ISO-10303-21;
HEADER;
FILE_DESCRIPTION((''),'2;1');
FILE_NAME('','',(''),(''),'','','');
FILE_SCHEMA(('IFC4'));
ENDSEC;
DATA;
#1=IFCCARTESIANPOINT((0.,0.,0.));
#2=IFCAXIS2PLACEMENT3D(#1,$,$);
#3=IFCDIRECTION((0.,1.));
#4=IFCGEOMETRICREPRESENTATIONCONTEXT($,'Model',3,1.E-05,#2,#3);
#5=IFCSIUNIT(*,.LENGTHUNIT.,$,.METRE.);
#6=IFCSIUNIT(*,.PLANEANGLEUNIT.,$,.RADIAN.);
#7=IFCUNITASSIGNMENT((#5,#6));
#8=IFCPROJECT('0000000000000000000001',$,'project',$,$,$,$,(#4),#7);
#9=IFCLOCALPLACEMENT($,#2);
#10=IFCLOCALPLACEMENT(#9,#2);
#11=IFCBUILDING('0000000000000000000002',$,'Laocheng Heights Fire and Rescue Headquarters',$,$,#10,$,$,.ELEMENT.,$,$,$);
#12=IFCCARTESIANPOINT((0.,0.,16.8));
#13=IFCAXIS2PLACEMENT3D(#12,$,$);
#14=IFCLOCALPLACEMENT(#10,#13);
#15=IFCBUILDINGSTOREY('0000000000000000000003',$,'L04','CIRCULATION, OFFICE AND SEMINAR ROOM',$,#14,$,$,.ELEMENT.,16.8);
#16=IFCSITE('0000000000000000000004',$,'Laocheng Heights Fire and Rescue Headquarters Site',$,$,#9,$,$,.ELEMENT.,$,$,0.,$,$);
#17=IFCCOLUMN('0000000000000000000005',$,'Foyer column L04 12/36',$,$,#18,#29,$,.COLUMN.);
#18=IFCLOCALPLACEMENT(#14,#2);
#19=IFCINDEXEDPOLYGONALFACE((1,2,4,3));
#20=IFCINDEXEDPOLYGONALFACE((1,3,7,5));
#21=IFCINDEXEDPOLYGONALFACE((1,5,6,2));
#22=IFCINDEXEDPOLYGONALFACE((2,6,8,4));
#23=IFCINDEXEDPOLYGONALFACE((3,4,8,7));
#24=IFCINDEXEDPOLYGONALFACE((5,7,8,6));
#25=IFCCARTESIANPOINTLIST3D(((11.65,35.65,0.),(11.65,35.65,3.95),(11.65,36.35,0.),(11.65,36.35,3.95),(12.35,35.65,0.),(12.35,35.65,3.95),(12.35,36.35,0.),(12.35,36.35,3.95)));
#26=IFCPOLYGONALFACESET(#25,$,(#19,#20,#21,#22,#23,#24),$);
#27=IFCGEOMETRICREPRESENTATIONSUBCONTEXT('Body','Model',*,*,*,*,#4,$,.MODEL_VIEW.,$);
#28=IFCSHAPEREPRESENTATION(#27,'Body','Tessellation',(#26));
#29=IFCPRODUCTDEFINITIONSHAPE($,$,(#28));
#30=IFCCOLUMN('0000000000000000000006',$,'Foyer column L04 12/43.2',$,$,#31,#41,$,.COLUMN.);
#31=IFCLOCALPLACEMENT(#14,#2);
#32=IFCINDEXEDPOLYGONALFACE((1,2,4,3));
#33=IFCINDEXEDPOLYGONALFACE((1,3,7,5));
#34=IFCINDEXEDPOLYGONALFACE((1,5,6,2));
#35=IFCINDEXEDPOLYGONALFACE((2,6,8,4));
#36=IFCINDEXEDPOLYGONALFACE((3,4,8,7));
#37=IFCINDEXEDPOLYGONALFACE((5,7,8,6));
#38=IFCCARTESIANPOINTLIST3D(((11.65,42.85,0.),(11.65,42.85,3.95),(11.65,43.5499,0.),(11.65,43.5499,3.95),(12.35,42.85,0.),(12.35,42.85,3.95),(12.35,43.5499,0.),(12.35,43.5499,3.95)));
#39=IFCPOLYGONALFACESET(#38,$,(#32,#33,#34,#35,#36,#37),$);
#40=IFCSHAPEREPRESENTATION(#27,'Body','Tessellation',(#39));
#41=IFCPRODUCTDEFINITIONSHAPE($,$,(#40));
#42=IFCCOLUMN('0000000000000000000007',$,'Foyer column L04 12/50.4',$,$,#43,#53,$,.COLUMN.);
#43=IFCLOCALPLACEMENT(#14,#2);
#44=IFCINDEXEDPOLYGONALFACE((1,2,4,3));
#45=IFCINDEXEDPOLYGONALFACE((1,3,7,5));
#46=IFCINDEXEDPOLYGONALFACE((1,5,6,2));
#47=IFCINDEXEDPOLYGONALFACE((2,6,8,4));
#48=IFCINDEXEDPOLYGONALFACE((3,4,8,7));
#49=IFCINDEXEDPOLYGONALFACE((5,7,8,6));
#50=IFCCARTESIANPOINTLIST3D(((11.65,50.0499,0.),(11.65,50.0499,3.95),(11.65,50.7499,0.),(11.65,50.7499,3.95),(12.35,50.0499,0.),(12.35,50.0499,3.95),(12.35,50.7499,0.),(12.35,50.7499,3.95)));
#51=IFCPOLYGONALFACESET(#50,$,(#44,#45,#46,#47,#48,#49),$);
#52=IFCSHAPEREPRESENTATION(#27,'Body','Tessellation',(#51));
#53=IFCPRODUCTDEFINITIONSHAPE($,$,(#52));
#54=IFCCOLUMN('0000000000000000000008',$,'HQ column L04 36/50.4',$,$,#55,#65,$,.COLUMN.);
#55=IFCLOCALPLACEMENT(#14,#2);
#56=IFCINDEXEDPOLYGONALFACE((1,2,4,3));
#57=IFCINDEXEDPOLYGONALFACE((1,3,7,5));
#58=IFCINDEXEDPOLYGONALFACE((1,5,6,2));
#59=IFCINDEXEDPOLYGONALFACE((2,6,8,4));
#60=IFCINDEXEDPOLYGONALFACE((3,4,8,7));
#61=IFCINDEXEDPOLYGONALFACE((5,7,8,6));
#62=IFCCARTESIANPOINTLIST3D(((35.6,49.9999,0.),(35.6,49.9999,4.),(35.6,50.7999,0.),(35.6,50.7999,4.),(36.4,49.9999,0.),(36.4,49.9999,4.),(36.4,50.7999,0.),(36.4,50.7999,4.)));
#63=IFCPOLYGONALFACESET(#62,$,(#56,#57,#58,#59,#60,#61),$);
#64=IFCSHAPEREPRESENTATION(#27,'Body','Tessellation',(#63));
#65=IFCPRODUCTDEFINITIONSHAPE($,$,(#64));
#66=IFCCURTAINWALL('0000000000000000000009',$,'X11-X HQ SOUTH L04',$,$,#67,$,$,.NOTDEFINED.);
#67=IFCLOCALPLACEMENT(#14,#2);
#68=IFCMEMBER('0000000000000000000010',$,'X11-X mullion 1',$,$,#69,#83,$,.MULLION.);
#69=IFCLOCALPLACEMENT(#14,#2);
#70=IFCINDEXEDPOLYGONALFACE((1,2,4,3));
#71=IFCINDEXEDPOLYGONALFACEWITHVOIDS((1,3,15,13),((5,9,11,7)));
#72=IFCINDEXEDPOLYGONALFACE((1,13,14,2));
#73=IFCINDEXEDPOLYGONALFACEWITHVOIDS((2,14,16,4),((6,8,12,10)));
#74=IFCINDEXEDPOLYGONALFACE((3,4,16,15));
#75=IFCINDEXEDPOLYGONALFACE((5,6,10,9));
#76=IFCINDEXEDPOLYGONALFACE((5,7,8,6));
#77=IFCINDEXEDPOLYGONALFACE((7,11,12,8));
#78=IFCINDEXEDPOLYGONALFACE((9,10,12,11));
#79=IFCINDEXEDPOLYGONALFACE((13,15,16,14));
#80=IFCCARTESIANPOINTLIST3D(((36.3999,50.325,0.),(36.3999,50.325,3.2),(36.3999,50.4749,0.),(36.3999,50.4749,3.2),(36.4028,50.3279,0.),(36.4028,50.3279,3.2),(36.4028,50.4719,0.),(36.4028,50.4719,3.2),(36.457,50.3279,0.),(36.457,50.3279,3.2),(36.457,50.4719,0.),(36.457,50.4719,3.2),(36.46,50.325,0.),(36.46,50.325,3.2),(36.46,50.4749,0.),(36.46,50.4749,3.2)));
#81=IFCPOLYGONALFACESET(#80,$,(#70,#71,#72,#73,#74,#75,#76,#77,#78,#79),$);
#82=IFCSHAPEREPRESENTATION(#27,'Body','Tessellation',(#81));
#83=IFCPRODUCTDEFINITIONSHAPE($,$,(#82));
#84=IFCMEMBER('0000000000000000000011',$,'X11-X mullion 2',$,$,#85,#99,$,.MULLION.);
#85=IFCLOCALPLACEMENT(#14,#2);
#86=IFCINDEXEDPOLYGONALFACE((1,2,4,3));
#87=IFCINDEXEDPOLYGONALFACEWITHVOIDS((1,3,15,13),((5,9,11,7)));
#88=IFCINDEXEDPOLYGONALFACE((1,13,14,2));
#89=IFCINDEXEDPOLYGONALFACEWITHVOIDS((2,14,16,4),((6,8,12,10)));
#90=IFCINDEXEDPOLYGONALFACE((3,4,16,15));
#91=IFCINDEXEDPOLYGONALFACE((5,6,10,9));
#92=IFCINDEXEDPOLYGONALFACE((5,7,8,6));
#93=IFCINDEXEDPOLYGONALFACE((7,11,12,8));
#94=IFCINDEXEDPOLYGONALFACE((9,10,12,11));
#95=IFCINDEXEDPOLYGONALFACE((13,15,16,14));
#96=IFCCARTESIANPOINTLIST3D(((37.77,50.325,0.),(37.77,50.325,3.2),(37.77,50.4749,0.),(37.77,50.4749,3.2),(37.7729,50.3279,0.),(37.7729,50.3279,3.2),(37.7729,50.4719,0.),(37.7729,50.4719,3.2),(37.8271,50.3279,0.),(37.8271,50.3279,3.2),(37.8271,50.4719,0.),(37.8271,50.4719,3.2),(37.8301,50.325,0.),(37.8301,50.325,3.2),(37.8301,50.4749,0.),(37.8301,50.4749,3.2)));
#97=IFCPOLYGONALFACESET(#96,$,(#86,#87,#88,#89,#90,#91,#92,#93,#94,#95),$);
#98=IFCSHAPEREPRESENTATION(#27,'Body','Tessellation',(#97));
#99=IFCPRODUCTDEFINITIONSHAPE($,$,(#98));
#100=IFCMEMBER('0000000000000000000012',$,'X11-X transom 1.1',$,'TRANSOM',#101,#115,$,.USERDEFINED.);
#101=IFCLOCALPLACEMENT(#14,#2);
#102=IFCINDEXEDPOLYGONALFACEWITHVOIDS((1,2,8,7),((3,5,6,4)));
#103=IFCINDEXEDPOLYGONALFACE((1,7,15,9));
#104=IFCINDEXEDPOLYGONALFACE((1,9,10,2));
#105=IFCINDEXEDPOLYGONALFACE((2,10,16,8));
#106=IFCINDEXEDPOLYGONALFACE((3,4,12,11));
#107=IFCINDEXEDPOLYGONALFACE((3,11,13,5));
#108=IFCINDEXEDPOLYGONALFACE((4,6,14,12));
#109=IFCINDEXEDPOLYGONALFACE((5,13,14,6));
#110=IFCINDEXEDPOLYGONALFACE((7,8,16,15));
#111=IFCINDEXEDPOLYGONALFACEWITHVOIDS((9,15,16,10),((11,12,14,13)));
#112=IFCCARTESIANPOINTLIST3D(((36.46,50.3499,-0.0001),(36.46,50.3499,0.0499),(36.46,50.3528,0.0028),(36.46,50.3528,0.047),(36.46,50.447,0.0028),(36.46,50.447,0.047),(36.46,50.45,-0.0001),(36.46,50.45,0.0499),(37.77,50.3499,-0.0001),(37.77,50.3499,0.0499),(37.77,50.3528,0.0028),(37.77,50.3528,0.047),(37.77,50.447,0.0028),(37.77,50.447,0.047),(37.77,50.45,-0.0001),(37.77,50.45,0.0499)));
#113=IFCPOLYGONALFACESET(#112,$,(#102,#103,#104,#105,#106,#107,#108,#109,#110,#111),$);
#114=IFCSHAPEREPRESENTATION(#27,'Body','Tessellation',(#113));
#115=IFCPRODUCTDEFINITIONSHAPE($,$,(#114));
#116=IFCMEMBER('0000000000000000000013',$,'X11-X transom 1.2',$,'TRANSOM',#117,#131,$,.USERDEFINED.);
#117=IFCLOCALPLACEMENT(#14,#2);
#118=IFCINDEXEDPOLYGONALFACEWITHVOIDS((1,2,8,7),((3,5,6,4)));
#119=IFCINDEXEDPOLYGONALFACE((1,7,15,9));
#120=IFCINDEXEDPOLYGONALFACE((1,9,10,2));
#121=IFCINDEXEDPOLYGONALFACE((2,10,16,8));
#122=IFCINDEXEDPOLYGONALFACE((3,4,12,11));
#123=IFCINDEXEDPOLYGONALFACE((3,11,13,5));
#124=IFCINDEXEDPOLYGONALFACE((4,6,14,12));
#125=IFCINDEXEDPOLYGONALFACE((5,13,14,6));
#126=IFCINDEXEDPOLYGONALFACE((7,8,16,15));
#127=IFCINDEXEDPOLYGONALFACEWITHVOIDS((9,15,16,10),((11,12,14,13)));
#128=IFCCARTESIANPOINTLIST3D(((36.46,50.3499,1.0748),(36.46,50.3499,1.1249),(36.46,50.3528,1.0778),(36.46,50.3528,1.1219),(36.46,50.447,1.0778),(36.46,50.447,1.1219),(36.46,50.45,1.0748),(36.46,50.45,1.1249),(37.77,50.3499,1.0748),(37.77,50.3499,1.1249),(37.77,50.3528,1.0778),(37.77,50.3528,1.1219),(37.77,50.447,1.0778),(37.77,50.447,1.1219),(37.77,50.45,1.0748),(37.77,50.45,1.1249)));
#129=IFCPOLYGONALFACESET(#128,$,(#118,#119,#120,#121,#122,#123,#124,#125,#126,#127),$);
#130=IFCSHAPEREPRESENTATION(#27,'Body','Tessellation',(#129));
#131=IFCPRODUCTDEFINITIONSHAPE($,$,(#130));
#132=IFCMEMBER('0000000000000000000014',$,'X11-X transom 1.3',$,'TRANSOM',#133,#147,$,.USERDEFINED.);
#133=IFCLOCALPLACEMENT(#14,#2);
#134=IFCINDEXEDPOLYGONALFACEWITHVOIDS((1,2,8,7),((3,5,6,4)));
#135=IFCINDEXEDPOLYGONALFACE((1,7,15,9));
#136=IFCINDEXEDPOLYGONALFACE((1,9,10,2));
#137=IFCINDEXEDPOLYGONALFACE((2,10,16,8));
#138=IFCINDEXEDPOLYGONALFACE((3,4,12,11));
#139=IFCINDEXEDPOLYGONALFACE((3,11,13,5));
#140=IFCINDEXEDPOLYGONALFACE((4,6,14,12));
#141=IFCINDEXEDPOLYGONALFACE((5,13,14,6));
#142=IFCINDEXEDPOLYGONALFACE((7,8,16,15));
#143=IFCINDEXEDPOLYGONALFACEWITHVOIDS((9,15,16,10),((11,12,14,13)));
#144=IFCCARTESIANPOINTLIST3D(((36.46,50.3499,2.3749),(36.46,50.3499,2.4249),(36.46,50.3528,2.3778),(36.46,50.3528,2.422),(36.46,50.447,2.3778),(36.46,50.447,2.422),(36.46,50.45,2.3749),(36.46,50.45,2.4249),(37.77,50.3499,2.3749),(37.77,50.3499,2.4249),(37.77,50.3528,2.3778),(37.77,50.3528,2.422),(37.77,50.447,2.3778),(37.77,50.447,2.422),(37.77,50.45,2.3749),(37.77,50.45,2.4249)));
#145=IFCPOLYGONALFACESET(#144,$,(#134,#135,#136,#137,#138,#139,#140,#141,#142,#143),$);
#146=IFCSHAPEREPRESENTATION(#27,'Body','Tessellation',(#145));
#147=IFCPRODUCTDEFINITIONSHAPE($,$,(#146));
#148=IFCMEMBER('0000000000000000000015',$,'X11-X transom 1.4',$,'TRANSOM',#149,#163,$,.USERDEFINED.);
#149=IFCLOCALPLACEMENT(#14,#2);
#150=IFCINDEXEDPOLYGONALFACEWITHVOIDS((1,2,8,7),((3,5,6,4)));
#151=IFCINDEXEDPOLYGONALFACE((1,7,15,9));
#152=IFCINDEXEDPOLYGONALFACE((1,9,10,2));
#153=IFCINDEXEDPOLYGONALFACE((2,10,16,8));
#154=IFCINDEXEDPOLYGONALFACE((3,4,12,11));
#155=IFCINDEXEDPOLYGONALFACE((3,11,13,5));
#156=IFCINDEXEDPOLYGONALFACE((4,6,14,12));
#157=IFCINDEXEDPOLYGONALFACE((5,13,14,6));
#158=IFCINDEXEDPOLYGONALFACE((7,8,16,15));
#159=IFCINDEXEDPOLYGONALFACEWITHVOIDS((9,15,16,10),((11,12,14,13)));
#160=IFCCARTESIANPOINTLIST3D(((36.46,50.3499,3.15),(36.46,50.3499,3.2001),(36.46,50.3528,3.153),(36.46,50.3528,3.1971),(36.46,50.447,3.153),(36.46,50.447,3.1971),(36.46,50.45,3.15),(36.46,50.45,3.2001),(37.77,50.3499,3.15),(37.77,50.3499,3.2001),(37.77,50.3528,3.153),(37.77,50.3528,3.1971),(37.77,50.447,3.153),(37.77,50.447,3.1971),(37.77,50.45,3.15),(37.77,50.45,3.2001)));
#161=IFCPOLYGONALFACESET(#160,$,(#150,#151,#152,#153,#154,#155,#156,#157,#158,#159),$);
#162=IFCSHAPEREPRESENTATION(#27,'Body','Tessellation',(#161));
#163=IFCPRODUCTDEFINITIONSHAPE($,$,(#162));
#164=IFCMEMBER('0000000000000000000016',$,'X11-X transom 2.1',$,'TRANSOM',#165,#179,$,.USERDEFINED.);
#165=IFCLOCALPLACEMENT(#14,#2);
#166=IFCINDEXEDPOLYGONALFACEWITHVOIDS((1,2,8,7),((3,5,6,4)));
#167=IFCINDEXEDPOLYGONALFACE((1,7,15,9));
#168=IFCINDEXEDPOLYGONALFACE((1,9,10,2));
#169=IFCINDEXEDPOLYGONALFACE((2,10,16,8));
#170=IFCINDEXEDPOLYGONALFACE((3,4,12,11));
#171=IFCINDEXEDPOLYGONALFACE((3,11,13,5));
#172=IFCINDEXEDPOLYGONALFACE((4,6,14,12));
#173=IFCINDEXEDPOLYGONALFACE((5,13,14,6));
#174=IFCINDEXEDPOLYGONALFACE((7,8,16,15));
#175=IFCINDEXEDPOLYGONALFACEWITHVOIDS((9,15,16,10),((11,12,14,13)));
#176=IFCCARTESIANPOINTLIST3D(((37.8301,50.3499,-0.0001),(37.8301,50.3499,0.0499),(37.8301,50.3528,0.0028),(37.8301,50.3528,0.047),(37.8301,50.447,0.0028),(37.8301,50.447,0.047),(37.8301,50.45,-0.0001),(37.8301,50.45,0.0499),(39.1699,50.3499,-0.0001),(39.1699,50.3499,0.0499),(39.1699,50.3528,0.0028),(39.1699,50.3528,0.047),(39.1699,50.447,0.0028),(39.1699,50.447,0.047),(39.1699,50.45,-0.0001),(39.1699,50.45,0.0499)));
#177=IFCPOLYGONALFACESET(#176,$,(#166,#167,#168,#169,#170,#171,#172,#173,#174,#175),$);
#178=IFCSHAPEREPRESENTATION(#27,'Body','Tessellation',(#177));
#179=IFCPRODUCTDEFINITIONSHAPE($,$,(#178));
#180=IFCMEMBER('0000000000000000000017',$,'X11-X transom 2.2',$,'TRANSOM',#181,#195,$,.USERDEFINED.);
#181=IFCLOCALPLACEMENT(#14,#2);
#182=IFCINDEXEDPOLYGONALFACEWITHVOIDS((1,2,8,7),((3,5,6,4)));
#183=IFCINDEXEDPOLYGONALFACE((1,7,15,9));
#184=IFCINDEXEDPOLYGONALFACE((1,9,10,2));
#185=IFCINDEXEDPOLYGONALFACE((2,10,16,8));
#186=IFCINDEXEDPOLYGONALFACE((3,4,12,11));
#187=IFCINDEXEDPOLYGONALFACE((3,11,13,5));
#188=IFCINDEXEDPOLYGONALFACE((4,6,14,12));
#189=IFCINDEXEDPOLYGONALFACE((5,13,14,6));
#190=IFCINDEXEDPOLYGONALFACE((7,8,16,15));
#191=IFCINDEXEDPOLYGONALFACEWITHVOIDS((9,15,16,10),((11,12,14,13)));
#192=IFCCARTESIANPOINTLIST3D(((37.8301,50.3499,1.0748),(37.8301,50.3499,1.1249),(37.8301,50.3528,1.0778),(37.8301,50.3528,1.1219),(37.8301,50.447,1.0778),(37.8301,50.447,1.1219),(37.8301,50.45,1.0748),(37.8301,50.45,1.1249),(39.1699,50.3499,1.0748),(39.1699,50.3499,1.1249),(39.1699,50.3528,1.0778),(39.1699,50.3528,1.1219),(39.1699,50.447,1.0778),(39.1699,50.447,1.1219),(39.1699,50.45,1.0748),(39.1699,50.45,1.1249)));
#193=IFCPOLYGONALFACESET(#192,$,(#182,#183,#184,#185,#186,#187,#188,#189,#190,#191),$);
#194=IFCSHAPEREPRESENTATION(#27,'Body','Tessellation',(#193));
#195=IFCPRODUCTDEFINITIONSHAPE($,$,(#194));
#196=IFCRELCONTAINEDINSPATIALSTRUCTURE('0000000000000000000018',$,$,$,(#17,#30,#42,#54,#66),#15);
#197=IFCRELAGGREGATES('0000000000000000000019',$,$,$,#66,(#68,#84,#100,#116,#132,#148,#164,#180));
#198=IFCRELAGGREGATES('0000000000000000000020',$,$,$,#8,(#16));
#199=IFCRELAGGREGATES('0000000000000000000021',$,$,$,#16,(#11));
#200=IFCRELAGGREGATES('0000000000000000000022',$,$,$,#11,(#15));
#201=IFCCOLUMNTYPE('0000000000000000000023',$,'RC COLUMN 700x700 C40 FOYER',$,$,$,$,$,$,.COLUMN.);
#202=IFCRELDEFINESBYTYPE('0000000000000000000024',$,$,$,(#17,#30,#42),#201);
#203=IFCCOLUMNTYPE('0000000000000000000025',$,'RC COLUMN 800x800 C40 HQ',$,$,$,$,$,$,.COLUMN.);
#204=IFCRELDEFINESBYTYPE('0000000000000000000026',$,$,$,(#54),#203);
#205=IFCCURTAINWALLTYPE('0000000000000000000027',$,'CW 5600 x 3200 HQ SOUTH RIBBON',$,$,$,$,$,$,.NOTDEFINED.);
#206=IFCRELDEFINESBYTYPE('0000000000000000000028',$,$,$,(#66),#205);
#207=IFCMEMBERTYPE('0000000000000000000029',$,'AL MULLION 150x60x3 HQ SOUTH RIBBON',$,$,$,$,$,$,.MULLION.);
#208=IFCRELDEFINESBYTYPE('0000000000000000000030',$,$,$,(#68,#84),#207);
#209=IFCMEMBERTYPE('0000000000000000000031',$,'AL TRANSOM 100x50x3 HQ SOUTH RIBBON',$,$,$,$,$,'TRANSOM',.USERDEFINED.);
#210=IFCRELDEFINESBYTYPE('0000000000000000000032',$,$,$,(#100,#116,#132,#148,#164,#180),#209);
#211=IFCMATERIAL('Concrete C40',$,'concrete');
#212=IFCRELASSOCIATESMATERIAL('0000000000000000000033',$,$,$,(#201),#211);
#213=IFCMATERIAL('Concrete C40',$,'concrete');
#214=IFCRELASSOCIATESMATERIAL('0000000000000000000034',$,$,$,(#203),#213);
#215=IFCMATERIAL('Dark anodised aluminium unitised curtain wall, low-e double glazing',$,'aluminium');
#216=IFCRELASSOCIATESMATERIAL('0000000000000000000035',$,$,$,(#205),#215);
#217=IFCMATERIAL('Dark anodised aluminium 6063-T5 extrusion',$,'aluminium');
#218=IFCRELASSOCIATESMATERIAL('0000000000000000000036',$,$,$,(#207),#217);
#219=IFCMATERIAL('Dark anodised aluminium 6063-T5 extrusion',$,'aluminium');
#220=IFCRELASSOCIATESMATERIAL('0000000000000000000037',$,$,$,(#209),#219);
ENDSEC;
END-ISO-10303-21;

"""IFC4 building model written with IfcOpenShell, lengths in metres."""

from ifc_helpers import new_model, si_unit, direction, frame, origin, origin_2d, place, context, subcontext, project, spatial, rectangle, hollow_rectangle, extrude, material, material_profile, profile_set, type_object, element, aggregate, save


model = new_model("IFC4")

# Units and contexts
model_context = context("Model", 3, precision=1e-05, world=origin(), true_north=direction((0.0, 1.0)))
body_context = subcontext(model_context, "Body", "Model", "MODEL_VIEW")
ifc_project = project(units=[si_unit("LENGTHUNIT", "METRE"), si_unit("PLANEANGLEUNIT", "RADIAN")], contexts=[model_context])

# Site, building, storey
site_placement = place(None, origin())
site = spatial("IfcSite", under=ifc_project, at=site_placement, Name="Laocheng Heights Fire and Rescue Headquarters Site", CompositionType="ELEMENT", RefElevation=0.0)
building_placement = place(site_placement, origin())
building = spatial("IfcBuilding", under=site, at=building_placement, Name="Laocheng Heights Fire and Rescue Headquarters", CompositionType="ELEMENT")
storey_placement = place(building_placement, frame((0.0, 0.0, 16.8)))
storey = spatial("IfcBuildingStorey", under=building, at=storey_placement, Name="L04", Description="CIRCULATION, OFFICE AND SEMINAR ROOM", CompositionType="ELEMENT", Elevation=16.8)

# Columns
ifc_material_1 = material(Name="Concrete C40", Category="concrete")
ifc_material_profile_1 = material_profile(ifc_material_1, rectangle(XDim=0.7, YDim=0.7, at=origin_2d()), Name="RC COLUMN 700x700 C40 FOYER")
ifc_profile_set_1 = profile_set([ifc_material_profile_1], Name="Concrete C40")
column_type_1 = type_object("IfcColumnType", Name="RC COLUMN 700x700 C40 FOYER", PredefinedType="COLUMN", material=ifc_profile_set_1)
for number, where, z_axis, x_axis, name in (
    (1, (12.0, 36.0, 0.0), (0.0, 0.0, 1.0), (1.0, 0.0, 0.0), "Foyer column L04 12/36"),
    (2, (12.0, 43.2, 0.0), (0.0, 0.0, 1.0), (1.0, 0.0, 0.0), "Foyer column L04 12/43.2"),
    (3, (12.0, 50.3999, 0.0), (0.0, 0.0, 1.0), (1.0, 0.0, 0.0), "Foyer column L04 12/50.4"),
):
    element("IfcColumn", number, at=place(storey_placement, frame(where, z_axis=z_axis, x_axis=x_axis)), inside=storey, type_object=column_type_1, Name=name, PredefinedType="COLUMN", context=body_context, shape_type="SweptSolid", body=[
        extrude(rectangle(XDim=0.7, YDim=0.7, at=origin_2d()), origin(), (0.0, 0.0, 1.0), 3.95),
    ])
ifc_material_2 = material(Name="Concrete C40", Category="concrete")
ifc_material_profile_2 = material_profile(ifc_material_2, rectangle(XDim=0.8, YDim=0.8, at=origin_2d()), Name="RC COLUMN 800x800 C40 HQ")
ifc_profile_set_2 = profile_set([ifc_material_profile_2], Name="Concrete C40")
column_type_2 = type_object("IfcColumnType", Name="RC COLUMN 800x800 C40 HQ", PredefinedType="COLUMN", material=ifc_profile_set_2)
column_placement = place(storey_placement, frame((36.0, 50.3999, 0.0), z_axis=(0.0, 0.0, 1.0), x_axis=(1.0, 0.0, 0.0)))
element("IfcColumn", 4, at=column_placement, inside=storey, type_object=column_type_2, Name="HQ column L04 36/50.4", PredefinedType="COLUMN", context=body_context, shape_type="SweptSolid", body=[
    extrude(rectangle(XDim=0.8, YDim=0.8, at=origin_2d()), origin(), (0.0, 0.0, 1.0), 4.0),
])

# Curtain wall, members
ifc_material_3 = material(Name="Dark anodised aluminium unitised curtain wall, low-e double glazing", Category="aluminium")
curtain_wall_type = type_object("IfcCurtainWallType", Name="CW 5600 x 3200 HQ SOUTH RIBBON", PredefinedType="NOTDEFINED", material=ifc_material_3)
curtain_wall_placement = place(storey_placement, origin())
curtain_wall = element("IfcCurtainWall", 5, at=curtain_wall_placement, inside=storey, type_object=curtain_wall_type, Name="X11-X HQ SOUTH L04", PredefinedType="NOTDEFINED")
ifc_material_4 = material(Name="Dark anodised aluminium 6063-T5 extrusion", Category="aluminium")
ifc_material_profile_3 = material_profile(ifc_material_4, hollow_rectangle(XDim=0.1499, YDim=0.0601, WallThickness=0.0029, at=origin_2d()), Name="AL MULLION 150x60x3 HQ SOUTH RIBBON")
ifc_profile_set_3 = profile_set([ifc_material_profile_3], Name="Dark anodised aluminium 6063-T5 extrusion")
member_type_1 = type_object("IfcMemberType", Name="AL MULLION 150x60x3 HQ SOUTH RIBBON", PredefinedType="MULLION", material=ifc_profile_set_3)
member_1_placement = place(storey_placement, frame((36.4299, 50.3999, 0.0), z_axis=(0.0, 0.0, 1.0), x_axis=(0.0, 1.0, 0.0)))
member_1 = element("IfcMember", 6, at=member_1_placement, type_object=member_type_1, Name="X11-X mullion 1", PredefinedType="MULLION", context=body_context, shape_type="SweptSolid", body=[
    extrude(hollow_rectangle(XDim=0.1499, YDim=0.0601, WallThickness=0.0029, at=origin_2d()), origin(), (0.0, 0.0, 1.0), 3.2),
])
member_2_placement = place(storey_placement, frame((37.8, 50.3999, 0.0), z_axis=(0.0, 0.0, 1.0), x_axis=(0.0, 1.0, 0.0)))
member_2 = element("IfcMember", 7, at=member_2_placement, type_object=member_type_1, Name="X11-X mullion 2", PredefinedType="MULLION", context=body_context, shape_type="SweptSolid", body=[
    extrude(hollow_rectangle(XDim=0.1499, YDim=0.0601, WallThickness=0.0029, at=origin_2d()), origin(), (0.0, 0.0, 1.0), 3.2),
])
ifc_material_5 = material(Name="Dark anodised aluminium 6063-T5 extrusion", Category="aluminium")
ifc_material_profile_4 = material_profile(ifc_material_5, hollow_rectangle(XDim=0.1001, YDim=0.05, WallThickness=0.0029, at=origin_2d()), Name="AL TRANSOM 100x50x3 HQ SOUTH RIBBON")
ifc_profile_set_4 = profile_set([ifc_material_profile_4], Name="Dark anodised aluminium 6063-T5 extrusion")
member_type_2 = type_object("IfcMemberType", Name="AL TRANSOM 100x50x3 HQ SOUTH RIBBON", ElementType="TRANSOM", PredefinedType="USERDEFINED", material=ifc_profile_set_4)
member_3_placement = place(storey_placement, frame((36.46, 50.3999, 0.0249), z_axis=(1.0, 0.0, 0.0), x_axis=(0.0, 1.0, 0.0)))
member_3 = element("IfcMember", 8, at=member_3_placement, type_object=member_type_2, Name="X11-X transom 1.1", ObjectType="TRANSOM", PredefinedType="USERDEFINED", context=body_context, shape_type="SweptSolid", body=[
    extrude(hollow_rectangle(XDim=0.1001, YDim=0.05, WallThickness=0.0029, at=origin_2d()), origin(), (0.0, 0.0, 1.0), 1.3101),
])
member_4_placement = place(storey_placement, frame((36.46, 50.3999, 1.0999), z_axis=(1.0, 0.0, 0.0), x_axis=(0.0, 1.0, 0.0)))
member_4 = element("IfcMember", 9, at=member_4_placement, type_object=member_type_2, Name="X11-X transom 1.2", ObjectType="TRANSOM", PredefinedType="USERDEFINED", context=body_context, shape_type="SweptSolid", body=[
    extrude(hollow_rectangle(XDim=0.1001, YDim=0.05, WallThickness=0.0029, at=origin_2d()), origin(), (0.0, 0.0, 1.0), 1.3101),
])
member_5_placement = place(storey_placement, frame((36.46, 50.3999, 2.3999), z_axis=(1.0, 0.0, 0.0), x_axis=(0.0, 1.0, 0.0)))
member_5 = element("IfcMember", 10, at=member_5_placement, type_object=member_type_2, Name="X11-X transom 1.3", ObjectType="TRANSOM", PredefinedType="USERDEFINED", context=body_context, shape_type="SweptSolid", body=[
    extrude(hollow_rectangle(XDim=0.1001, YDim=0.05, WallThickness=0.0029, at=origin_2d()), origin(), (0.0, 0.0, 1.0), 1.3101),
])
member_6_placement = place(storey_placement, frame((36.46, 50.3999, 3.175), z_axis=(1.0, 0.0, 0.0), x_axis=(0.0, 1.0, 0.0)))
member_6 = element("IfcMember", 11, at=member_6_placement, type_object=member_type_2, Name="X11-X transom 1.4", ObjectType="TRANSOM", PredefinedType="USERDEFINED", context=body_context, shape_type="SweptSolid", body=[
    extrude(hollow_rectangle(XDim=0.1001, YDim=0.05, WallThickness=0.0029, at=origin_2d()), origin(), (0.0, 0.0, 1.0), 1.3101),
])
member_7_placement = place(storey_placement, frame((37.8301, 50.3999, 0.0249), z_axis=(1.0, 0.0, 0.0), x_axis=(0.0, 1.0, 0.0)))
member_7 = element("IfcMember", 12, at=member_7_placement, type_object=member_type_2, Name="X11-X transom 2.1", ObjectType="TRANSOM", PredefinedType="USERDEFINED", context=body_context, shape_type="SweptSolid", body=[
    extrude(hollow_rectangle(XDim=0.1001, YDim=0.05, WallThickness=0.0029, at=origin_2d()), origin(), (0.0, 0.0, 1.0), 1.3398),
])
member_8_placement = place(storey_placement, frame((37.8301, 50.3999, 1.0999), z_axis=(1.0, 0.0, 0.0), x_axis=(0.0, 1.0, 0.0)))
member_8 = element("IfcMember", 13, at=member_8_placement, type_object=member_type_2, Name="X11-X transom 2.2", ObjectType="TRANSOM", PredefinedType="USERDEFINED", context=body_context, shape_type="SweptSolid", body=[
    extrude(hollow_rectangle(XDim=0.1001, YDim=0.05, WallThickness=0.0029, at=origin_2d()), origin(), (0.0, 0.0, 1.0), 1.3398),
])

aggregate(curtain_wall, [member_1, member_2, member_3, member_4, member_5, member_6, member_7, member_8])

save(model, "model.ifc")
